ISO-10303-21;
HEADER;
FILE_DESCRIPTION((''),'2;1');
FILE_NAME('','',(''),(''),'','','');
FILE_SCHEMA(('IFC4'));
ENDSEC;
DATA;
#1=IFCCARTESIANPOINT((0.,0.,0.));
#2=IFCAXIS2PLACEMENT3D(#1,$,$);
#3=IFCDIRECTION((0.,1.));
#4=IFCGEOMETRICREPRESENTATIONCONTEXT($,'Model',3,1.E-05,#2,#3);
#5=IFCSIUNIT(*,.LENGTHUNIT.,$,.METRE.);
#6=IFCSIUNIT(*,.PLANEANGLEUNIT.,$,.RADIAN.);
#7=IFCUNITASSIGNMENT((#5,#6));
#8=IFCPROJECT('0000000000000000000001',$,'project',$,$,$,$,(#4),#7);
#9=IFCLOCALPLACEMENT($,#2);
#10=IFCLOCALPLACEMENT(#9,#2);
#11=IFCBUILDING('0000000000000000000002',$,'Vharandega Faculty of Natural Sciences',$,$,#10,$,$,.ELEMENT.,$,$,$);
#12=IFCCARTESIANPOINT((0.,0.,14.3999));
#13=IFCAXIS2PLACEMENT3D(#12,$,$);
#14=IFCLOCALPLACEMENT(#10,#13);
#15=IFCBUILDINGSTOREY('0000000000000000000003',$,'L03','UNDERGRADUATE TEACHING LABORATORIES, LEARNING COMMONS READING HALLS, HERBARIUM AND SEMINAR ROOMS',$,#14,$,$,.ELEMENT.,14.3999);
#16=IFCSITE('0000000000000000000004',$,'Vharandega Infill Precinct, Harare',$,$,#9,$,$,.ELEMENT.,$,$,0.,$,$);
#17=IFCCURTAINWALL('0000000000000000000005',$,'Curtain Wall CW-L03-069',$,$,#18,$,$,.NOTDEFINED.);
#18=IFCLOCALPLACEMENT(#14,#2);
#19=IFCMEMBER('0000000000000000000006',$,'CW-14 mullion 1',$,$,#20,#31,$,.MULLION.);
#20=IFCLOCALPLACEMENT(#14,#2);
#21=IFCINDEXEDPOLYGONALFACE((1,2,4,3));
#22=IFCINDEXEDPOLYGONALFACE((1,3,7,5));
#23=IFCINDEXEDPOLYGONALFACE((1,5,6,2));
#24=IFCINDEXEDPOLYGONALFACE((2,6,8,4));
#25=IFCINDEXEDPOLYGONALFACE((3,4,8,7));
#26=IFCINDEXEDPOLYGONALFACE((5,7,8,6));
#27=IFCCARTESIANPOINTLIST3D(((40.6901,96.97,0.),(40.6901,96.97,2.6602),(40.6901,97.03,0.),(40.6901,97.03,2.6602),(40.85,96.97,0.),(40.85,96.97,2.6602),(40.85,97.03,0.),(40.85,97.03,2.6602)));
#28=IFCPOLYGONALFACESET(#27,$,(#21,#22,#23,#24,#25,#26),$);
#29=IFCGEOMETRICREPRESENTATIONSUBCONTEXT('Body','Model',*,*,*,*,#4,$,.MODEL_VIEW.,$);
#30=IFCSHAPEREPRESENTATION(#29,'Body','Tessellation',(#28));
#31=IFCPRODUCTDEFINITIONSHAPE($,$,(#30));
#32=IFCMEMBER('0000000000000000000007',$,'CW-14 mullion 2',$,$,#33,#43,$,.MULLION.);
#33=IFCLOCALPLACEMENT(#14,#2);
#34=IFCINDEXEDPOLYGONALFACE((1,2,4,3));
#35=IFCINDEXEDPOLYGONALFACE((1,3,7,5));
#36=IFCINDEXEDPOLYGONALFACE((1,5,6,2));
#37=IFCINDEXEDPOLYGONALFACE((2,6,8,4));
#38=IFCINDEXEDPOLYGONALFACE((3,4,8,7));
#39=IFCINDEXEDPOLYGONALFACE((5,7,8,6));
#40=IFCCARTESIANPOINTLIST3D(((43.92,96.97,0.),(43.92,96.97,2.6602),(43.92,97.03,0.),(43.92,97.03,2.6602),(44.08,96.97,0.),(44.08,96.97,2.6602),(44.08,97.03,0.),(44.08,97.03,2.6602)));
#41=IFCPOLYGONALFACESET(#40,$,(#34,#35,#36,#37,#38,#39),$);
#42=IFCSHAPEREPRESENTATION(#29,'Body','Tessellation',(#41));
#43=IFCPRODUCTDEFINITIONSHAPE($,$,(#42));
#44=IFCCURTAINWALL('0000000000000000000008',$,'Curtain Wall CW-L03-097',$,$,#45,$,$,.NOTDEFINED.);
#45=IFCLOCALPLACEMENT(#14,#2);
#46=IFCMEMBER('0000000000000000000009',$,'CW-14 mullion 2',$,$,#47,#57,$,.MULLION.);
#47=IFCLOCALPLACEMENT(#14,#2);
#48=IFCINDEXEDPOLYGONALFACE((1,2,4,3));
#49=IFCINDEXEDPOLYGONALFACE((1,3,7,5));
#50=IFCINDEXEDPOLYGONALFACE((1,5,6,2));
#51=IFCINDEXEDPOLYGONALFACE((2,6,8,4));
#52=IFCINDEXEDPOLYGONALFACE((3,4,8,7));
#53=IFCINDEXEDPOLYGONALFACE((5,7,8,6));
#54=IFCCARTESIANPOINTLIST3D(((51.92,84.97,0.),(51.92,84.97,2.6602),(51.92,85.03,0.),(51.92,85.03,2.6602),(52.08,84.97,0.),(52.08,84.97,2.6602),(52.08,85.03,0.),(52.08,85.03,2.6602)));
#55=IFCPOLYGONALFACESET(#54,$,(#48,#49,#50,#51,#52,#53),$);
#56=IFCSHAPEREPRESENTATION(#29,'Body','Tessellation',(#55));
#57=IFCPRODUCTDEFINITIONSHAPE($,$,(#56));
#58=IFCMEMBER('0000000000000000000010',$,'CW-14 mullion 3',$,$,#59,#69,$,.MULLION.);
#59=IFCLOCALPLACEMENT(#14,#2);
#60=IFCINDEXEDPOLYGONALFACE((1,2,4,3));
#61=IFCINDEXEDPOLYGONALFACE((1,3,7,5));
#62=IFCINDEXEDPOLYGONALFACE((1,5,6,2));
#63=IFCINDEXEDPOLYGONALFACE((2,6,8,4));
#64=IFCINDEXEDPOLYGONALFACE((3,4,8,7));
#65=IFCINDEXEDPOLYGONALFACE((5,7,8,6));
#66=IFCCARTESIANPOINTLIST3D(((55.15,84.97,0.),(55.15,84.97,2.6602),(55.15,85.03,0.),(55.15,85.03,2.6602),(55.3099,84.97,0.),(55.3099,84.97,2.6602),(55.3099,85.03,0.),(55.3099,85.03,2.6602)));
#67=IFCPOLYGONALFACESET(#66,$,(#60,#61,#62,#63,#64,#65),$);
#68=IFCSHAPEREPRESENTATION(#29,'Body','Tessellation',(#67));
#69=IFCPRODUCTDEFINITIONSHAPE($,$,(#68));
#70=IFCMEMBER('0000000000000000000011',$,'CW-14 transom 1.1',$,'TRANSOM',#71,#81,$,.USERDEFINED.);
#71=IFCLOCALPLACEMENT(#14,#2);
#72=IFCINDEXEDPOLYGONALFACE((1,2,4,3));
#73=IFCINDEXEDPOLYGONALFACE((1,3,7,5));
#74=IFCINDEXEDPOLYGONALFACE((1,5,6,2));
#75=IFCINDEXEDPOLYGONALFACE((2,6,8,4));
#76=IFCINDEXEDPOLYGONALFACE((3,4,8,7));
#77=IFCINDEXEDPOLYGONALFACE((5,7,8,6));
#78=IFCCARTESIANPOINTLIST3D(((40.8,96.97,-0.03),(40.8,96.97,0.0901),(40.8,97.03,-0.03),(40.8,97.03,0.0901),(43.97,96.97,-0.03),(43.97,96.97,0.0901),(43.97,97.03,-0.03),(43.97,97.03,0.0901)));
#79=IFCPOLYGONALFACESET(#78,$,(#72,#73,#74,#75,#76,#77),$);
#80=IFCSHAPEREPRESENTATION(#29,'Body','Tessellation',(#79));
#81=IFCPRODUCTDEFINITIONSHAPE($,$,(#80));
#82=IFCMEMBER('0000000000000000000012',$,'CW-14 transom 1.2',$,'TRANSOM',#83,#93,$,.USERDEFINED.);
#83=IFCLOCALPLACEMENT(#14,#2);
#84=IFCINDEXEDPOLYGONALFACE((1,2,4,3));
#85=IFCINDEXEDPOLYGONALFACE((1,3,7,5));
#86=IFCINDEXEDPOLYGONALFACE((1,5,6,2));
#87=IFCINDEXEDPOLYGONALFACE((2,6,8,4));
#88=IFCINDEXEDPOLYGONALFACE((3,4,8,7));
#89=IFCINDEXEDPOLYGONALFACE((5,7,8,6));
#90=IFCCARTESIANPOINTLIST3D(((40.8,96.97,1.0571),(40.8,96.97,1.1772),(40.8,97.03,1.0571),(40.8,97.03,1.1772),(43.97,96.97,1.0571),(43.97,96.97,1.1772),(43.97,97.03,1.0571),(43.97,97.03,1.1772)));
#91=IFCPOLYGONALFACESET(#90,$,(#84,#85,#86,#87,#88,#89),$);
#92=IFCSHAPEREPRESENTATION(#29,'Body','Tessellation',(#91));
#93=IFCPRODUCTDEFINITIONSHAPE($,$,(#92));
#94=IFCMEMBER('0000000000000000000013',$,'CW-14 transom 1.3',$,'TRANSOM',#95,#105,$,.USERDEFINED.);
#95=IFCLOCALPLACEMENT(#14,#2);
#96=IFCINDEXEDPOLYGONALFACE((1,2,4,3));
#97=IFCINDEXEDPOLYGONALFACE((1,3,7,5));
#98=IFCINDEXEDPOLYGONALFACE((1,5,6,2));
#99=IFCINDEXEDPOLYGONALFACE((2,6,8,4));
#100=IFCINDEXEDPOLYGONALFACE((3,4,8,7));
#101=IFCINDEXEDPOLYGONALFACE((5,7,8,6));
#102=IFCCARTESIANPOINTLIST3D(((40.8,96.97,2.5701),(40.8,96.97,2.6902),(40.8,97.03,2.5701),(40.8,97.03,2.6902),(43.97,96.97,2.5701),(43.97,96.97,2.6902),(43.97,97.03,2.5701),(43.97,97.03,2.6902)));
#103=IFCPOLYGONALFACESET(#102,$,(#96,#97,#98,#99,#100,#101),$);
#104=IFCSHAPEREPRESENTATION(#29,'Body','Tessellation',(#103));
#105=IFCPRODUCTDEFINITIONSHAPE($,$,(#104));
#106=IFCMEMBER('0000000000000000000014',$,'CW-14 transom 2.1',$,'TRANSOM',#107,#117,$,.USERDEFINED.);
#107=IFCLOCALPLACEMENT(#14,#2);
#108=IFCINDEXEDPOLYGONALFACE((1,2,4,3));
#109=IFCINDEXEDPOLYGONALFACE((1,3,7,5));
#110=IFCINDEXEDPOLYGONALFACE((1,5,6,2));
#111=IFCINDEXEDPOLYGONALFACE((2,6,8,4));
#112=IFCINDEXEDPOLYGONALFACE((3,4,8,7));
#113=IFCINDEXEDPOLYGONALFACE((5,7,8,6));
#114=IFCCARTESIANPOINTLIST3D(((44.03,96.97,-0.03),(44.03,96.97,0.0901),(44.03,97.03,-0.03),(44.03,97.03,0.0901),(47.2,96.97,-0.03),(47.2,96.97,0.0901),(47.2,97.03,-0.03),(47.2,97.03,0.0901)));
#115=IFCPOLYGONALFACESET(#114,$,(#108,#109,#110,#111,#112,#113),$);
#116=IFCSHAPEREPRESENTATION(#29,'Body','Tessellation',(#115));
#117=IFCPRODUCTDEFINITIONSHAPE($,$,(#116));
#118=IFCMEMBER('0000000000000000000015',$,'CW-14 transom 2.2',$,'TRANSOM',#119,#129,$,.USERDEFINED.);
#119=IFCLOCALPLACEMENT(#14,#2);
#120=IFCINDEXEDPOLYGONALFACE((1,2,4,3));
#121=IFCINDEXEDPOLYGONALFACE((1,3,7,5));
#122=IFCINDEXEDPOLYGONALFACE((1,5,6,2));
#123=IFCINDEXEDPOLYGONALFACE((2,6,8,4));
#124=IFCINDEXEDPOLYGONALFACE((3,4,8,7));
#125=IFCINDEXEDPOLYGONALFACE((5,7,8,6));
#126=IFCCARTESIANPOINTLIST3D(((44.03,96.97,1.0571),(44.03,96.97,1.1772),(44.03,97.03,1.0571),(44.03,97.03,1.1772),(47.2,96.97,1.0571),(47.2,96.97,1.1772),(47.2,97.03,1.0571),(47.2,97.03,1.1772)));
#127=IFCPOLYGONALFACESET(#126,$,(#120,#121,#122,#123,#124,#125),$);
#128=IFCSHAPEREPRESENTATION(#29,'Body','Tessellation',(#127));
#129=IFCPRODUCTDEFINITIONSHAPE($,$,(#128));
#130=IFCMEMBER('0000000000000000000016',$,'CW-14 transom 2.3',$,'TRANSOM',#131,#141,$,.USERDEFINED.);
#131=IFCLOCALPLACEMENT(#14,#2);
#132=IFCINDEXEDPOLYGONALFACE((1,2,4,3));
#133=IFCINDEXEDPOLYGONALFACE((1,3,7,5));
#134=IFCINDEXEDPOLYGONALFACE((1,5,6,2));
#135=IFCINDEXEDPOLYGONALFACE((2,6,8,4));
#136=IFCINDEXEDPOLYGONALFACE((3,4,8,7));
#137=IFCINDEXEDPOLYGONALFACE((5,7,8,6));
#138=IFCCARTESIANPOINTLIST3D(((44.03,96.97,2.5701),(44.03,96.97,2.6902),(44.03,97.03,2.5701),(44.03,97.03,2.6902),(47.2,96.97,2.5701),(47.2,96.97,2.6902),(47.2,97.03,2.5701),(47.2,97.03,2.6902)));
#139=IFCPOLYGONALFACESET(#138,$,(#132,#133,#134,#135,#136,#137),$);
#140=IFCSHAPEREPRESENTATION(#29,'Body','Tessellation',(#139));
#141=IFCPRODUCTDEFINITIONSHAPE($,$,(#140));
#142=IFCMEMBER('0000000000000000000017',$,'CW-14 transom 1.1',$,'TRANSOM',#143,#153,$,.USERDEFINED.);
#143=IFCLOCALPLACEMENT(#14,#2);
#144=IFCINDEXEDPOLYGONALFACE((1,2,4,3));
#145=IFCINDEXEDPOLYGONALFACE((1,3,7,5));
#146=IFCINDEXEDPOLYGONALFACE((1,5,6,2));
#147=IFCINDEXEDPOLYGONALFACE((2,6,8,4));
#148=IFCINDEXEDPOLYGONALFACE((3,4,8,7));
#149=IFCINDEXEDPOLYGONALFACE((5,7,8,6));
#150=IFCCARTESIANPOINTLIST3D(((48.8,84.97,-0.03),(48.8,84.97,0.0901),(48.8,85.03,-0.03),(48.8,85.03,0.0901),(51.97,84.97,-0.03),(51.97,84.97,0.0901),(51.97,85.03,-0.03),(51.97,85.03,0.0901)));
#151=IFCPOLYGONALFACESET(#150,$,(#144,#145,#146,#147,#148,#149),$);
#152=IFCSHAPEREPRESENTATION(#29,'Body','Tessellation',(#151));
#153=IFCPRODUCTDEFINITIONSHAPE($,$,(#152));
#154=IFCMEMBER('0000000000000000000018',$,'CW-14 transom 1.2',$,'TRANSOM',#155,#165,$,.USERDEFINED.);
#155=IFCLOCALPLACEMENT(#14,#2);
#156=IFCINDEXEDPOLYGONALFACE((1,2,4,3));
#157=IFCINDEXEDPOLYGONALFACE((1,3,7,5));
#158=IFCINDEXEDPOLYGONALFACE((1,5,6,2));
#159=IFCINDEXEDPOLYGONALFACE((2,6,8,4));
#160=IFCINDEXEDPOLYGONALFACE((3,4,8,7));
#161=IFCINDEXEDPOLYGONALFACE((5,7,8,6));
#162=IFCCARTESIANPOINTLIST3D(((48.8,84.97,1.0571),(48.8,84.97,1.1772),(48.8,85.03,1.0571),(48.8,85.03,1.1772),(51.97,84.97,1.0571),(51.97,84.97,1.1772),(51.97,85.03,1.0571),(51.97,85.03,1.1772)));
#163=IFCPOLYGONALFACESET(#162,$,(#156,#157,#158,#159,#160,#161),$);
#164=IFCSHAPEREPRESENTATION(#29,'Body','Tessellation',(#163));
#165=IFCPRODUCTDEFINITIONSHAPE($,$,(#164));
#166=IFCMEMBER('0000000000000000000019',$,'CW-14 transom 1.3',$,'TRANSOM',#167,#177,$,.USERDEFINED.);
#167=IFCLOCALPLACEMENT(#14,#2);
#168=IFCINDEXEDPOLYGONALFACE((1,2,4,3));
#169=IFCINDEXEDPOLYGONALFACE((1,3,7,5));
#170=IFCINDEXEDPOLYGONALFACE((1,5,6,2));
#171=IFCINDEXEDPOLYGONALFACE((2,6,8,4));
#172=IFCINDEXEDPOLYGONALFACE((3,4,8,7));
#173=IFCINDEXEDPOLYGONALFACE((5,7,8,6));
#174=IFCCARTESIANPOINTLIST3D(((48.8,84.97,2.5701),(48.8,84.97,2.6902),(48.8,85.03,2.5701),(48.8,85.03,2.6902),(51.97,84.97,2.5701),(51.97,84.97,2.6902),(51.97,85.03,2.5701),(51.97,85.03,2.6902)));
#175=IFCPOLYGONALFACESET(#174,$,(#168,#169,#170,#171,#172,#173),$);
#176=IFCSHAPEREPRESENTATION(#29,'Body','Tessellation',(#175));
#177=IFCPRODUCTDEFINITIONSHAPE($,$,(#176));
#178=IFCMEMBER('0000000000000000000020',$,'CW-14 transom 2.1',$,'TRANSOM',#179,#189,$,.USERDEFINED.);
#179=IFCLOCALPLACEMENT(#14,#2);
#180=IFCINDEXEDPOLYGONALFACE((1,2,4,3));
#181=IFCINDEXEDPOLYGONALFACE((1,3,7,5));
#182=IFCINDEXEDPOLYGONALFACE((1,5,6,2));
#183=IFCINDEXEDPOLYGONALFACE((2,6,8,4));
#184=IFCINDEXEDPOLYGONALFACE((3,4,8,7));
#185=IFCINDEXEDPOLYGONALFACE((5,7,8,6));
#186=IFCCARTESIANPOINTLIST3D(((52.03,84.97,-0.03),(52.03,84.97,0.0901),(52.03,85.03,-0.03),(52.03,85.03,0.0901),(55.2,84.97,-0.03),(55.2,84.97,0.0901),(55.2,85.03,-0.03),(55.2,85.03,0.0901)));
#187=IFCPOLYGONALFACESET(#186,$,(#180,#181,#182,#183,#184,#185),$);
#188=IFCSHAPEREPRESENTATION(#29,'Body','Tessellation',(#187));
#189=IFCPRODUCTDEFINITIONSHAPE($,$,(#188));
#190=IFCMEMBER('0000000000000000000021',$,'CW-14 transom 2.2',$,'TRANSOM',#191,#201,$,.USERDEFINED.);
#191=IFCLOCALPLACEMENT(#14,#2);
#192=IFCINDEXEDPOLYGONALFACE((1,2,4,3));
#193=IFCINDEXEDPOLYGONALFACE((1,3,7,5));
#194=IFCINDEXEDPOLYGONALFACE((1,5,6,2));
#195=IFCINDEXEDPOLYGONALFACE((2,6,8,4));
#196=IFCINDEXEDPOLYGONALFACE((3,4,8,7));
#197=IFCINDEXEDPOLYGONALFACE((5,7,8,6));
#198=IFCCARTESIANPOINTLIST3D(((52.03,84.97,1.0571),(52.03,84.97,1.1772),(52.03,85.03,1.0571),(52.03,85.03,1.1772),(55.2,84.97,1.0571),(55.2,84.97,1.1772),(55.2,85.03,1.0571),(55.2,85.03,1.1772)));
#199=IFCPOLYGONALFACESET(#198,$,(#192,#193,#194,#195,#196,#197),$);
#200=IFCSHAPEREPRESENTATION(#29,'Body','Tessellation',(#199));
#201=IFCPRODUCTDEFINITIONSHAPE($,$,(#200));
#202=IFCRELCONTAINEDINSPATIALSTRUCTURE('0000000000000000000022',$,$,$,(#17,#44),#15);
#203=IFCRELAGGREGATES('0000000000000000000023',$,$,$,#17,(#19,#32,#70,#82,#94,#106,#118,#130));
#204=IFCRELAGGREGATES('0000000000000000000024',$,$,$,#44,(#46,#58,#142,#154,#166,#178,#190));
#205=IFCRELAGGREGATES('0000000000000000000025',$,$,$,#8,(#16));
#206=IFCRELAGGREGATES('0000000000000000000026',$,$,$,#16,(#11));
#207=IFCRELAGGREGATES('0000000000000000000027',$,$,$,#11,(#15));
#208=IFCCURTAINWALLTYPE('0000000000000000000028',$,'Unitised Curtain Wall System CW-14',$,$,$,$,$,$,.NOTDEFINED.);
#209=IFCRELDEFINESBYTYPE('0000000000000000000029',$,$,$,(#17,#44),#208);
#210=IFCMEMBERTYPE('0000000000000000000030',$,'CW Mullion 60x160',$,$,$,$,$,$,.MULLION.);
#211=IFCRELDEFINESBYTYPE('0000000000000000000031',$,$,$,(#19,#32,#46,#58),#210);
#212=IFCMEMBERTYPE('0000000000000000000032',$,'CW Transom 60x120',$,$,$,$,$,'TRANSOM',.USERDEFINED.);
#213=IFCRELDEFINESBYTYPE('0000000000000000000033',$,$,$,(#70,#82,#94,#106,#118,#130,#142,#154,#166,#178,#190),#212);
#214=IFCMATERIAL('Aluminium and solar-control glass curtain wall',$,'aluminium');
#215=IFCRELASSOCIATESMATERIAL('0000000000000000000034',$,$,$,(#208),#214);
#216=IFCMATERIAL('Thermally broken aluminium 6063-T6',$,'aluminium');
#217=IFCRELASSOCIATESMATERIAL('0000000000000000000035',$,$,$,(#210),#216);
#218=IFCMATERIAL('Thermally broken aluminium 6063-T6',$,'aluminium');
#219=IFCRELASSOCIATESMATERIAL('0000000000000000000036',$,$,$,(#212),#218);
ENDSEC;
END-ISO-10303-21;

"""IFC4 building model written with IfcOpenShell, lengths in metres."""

from ifc_helpers import new_model, si_unit, direction, frame, origin, origin_2d, place, context, subcontext, project, spatial, rectangle, extrude, material, material_profile, profile_set, type_object, element, aggregate, save


model = new_model("IFC4")

# Units and contexts
model_context = context("Model", 3, precision=1e-05, world=origin(), true_north=direction((0.0, 1.0)))
body_context = subcontext(model_context, "Body", "Model", "MODEL_VIEW")
ifc_project = project(units=[si_unit("LENGTHUNIT", "METRE"), si_unit("PLANEANGLEUNIT", "RADIAN")], contexts=[model_context])

# Site, building, storey
site_placement = place(None, origin())
site = spatial("IfcSite", under=ifc_project, at=site_placement, Name="Vharandega Infill Precinct, Harare", CompositionType="ELEMENT", RefElevation=0.0)
building_placement = place(site_placement, origin())
building = spatial("IfcBuilding", under=site, at=building_placement, Name="Vharandega Faculty of Natural Sciences", CompositionType="ELEMENT")
storey_placement = place(building_placement, frame((0.0, 0.0, 14.3999)))
storey = spatial("IfcBuildingStorey", under=building, at=storey_placement, Name="L03", Description="UNDERGRADUATE TEACHING LABORATORIES, LEARNING COMMONS READING HALLS, HERBARIUM AND SEMINAR ROOMS", CompositionType="ELEMENT", Elevation=14.3999)

# Curtain walls, members
ifc_material_1 = material(Name="Aluminium and solar-control glass curtain wall", Category="aluminium")
curtain_wall_type = type_object("IfcCurtainWallType", Name="Unitised Curtain Wall System CW-14", PredefinedType="NOTDEFINED", material=ifc_material_1)
curtain_wall_1_placement = place(storey_placement, origin())
curtain_wall_1 = element("IfcCurtainWall", 1, at=curtain_wall_1_placement, inside=storey, type_object=curtain_wall_type, Name="Curtain Wall CW-L03-069", PredefinedType="NOTDEFINED")
ifc_material_2 = material(Name="Thermally broken aluminium 6063-T6", Category="aluminium")
ifc_material_profile_1 = material_profile(ifc_material_2, rectangle(XDim=0.0601, YDim=0.1599, at=origin_2d()), Name="ALU 60x160")
ifc_profile_set_1 = profile_set([ifc_material_profile_1], Name="Thermally broken aluminium 6063-T6")
member_type_1 = type_object("IfcMemberType", Name="CW Mullion 60x160", PredefinedType="MULLION", material=ifc_profile_set_1)
member_1_placement = place(storey_placement, frame((40.77, 97.0, 0.0), z_axis=(0.0, 0.0, 1.0), x_axis=(0.0, 1.0, 0.0)))
member_1 = element("IfcMember", 2, at=member_1_placement, type_object=member_type_1, Name="CW-14 mullion 1", PredefinedType="MULLION", context=body_context, shape_type="SweptSolid", body=[
    extrude(rectangle(XDim=0.0601, YDim=0.1599, at=origin_2d()), origin(), (0.0, 0.0, 1.0), 2.6602),
])
member_2_placement = place(storey_placement, frame((44.0, 97.0, 0.0), z_axis=(0.0, 0.0, 1.0), x_axis=(0.0, 1.0, 0.0)))
member_2 = element("IfcMember", 3, at=member_2_placement, type_object=member_type_1, Name="CW-14 mullion 2", PredefinedType="MULLION", context=body_context, shape_type="SweptSolid", body=[
    extrude(rectangle(XDim=0.0601, YDim=0.1599, at=origin_2d()), origin(), (0.0, 0.0, 1.0), 2.6602),
])
curtain_wall_2_placement = place(storey_placement, origin())
curtain_wall_2 = element("IfcCurtainWall", 4, at=curtain_wall_2_placement, inside=storey, type_object=curtain_wall_type, Name="Curtain Wall CW-L03-097", PredefinedType="NOTDEFINED")
member_3_placement = place(storey_placement, frame((52.0, 85.0, 0.0), z_axis=(0.0, 0.0, 1.0), x_axis=(0.0, 1.0, 0.0)))
member_3 = element("IfcMember", 5, at=member_3_placement, type_object=member_type_1, Name="CW-14 mullion 2", PredefinedType="MULLION", context=body_context, shape_type="SweptSolid", body=[
    extrude(rectangle(XDim=0.0601, YDim=0.1599, at=origin_2d()), origin(), (0.0, 0.0, 1.0), 2.6602),
])
member_4_placement = place(storey_placement, frame((55.23, 85.0, 0.0), z_axis=(0.0, 0.0, 1.0), x_axis=(0.0, 1.0, 0.0)))
member_4 = element("IfcMember", 6, at=member_4_placement, type_object=member_type_1, Name="CW-14 mullion 3", PredefinedType="MULLION", context=body_context, shape_type="SweptSolid", body=[
    extrude(rectangle(XDim=0.0601, YDim=0.1599, at=origin_2d()), origin(), (0.0, 0.0, 1.0), 2.6602),
])

# Members
ifc_material_3 = material(Name="Thermally broken aluminium 6063-T6", Category="aluminium")
ifc_material_profile_2 = material_profile(ifc_material_3, rectangle(XDim=0.0601, YDim=0.1201, at=origin_2d()), Name="ALU 60x120")
ifc_profile_set_2 = profile_set([ifc_material_profile_2], Name="Thermally broken aluminium 6063-T6")
member_type_2 = type_object("IfcMemberType", Name="CW Transom 60x120", ElementType="TRANSOM", PredefinedType="USERDEFINED", material=ifc_profile_set_2)
member_5_placement = place(storey_placement, frame((40.8, 97.0, 0.03), z_axis=(1.0, 0.0, 0.0), x_axis=(0.0, 1.0, 0.0)))
member_5 = element("IfcMember", 7, at=member_5_placement, type_object=member_type_2, Name="CW-14 transom 1.1", ObjectType="TRANSOM", PredefinedType="USERDEFINED", context=body_context, shape_type="SweptSolid", body=[
    extrude(rectangle(XDim=0.0601, YDim=0.1201, at=origin_2d()), origin(), (0.0, 0.0, 1.0), 3.1699),
])
member_6_placement = place(storey_placement, frame((40.8, 97.0, 1.1172), z_axis=(1.0, 0.0, 0.0), x_axis=(0.0, 1.0, 0.0)))
member_6 = element("IfcMember", 8, at=member_6_placement, type_object=member_type_2, Name="CW-14 transom 1.2", ObjectType="TRANSOM", PredefinedType="USERDEFINED", context=body_context, shape_type="SweptSolid", body=[
    extrude(rectangle(XDim=0.0601, YDim=0.1201, at=origin_2d()), origin(), (0.0, 0.0, 1.0), 3.1699),
])
member_7_placement = place(storey_placement, frame((40.8, 97.0, 2.6301), z_axis=(1.0, 0.0, 0.0), x_axis=(0.0, 1.0, 0.0)))
member_7 = element("IfcMember", 9, at=member_7_placement, type_object=member_type_2, Name="CW-14 transom 1.3", ObjectType="TRANSOM", PredefinedType="USERDEFINED", context=body_context, shape_type="SweptSolid", body=[
    extrude(rectangle(XDim=0.0601, YDim=0.1201, at=origin_2d()), origin(), (0.0, 0.0, 1.0), 3.1699),
])
member_8_placement = place(storey_placement, frame((44.03, 97.0, 0.03), z_axis=(1.0, 0.0, 0.0), x_axis=(0.0, 1.0, 0.0)))
member_8 = element("IfcMember", 10, at=member_8_placement, type_object=member_type_2, Name="CW-14 transom 2.1", ObjectType="TRANSOM", PredefinedType="USERDEFINED", context=body_context, shape_type="SweptSolid", body=[
    extrude(rectangle(XDim=0.0601, YDim=0.1201, at=origin_2d()), origin(), (0.0, 0.0, 1.0), 3.1699),
])
member_9_placement = place(storey_placement, frame((44.03, 97.0, 1.1172), z_axis=(1.0, 0.0, 0.0), x_axis=(0.0, 1.0, 0.0)))
member_9 = element("IfcMember", 11, at=member_9_placement, type_object=member_type_2, Name="CW-14 transom 2.2", ObjectType="TRANSOM", PredefinedType="USERDEFINED", context=body_context, shape_type="SweptSolid", body=[
    extrude(rectangle(XDim=0.0601, YDim=0.1201, at=origin_2d()), origin(), (0.0, 0.0, 1.0), 3.1699),
])
member_10_placement = place(storey_placement, frame((44.03, 97.0, 2.6301), z_axis=(1.0, 0.0, 0.0), x_axis=(0.0, 1.0, 0.0)))
member_10 = element("IfcMember", 12, at=member_10_placement, type_object=member_type_2, Name="CW-14 transom 2.3", ObjectType="TRANSOM", PredefinedType="USERDEFINED", context=body_context, shape_type="SweptSolid", body=[
    extrude(rectangle(XDim=0.0601, YDim=0.1201, at=origin_2d()), origin(), (0.0, 0.0, 1.0), 3.1699),
])
member_11_placement = place(storey_placement, frame((48.8, 85.0, 0.03), z_axis=(1.0, 0.0, 0.0), x_axis=(0.0, 1.0, 0.0)))
member_11 = element("IfcMember", 13, at=member_11_placement, type_object=member_type_2, Name="CW-14 transom 1.1", ObjectType="TRANSOM", PredefinedType="USERDEFINED", context=body_context, shape_type="SweptSolid", body=[
    extrude(rectangle(XDim=0.0601, YDim=0.1201, at=origin_2d()), origin(), (0.0, 0.0, 1.0), 3.1699),
])
member_12_placement = place(storey_placement, frame((48.8, 85.0, 1.1172), z_axis=(1.0, 0.0, 0.0), x_axis=(0.0, 1.0, 0.0)))
member_12 = element("IfcMember", 14, at=member_12_placement, type_object=member_type_2, Name="CW-14 transom 1.2", ObjectType="TRANSOM", PredefinedType="USERDEFINED", context=body_context, shape_type="SweptSolid", body=[
    extrude(rectangle(XDim=0.0601, YDim=0.1201, at=origin_2d()), origin(), (0.0, 0.0, 1.0), 3.1699),
])
member_13_placement = place(storey_placement, frame((48.8, 85.0, 2.6301), z_axis=(1.0, 0.0, 0.0), x_axis=(0.0, 1.0, 0.0)))
member_13 = element("IfcMember", 15, at=member_13_placement, type_object=member_type_2, Name="CW-14 transom 1.3", ObjectType="TRANSOM", PredefinedType="USERDEFINED", context=body_context, shape_type="SweptSolid", body=[
    extrude(rectangle(XDim=0.0601, YDim=0.1201, at=origin_2d()), origin(), (0.0, 0.0, 1.0), 3.1699),
])
member_14_placement = place(storey_placement, frame((52.03, 85.0, 0.03), z_axis=(1.0, 0.0, 0.0), x_axis=(0.0, 1.0, 0.0)))
member_14 = element("IfcMember", 16, at=member_14_placement, type_object=member_type_2, Name="CW-14 transom 2.1", ObjectType="TRANSOM", PredefinedType="USERDEFINED", context=body_context, shape_type="SweptSolid", body=[
    extrude(rectangle(XDim=0.0601, YDim=0.1201, at=origin_2d()), origin(), (0.0, 0.0, 1.0), 3.1699),
])
member_15_placement = place(storey_placement, frame((52.03, 85.0, 1.1172), z_axis=(1.0, 0.0, 0.0), x_axis=(0.0, 1.0, 0.0)))
member_15 = element("IfcMember", 17, at=member_15_placement, type_object=member_type_2, Name="CW-14 transom 2.2", ObjectType="TRANSOM", PredefinedType="USERDEFINED", context=body_context, shape_type="SweptSolid", body=[
    extrude(rectangle(XDim=0.0601, YDim=0.1201, at=origin_2d()), origin(), (0.0, 0.0, 1.0), 3.1699),
])

aggregate(curtain_wall_1, [member_1, member_2, member_5, member_6, member_7, member_8, member_9, member_10])
aggregate(curtain_wall_2, [member_3, member_4, member_11, member_12, member_13, member_14, member_15])

save(model, "model.ifc")
